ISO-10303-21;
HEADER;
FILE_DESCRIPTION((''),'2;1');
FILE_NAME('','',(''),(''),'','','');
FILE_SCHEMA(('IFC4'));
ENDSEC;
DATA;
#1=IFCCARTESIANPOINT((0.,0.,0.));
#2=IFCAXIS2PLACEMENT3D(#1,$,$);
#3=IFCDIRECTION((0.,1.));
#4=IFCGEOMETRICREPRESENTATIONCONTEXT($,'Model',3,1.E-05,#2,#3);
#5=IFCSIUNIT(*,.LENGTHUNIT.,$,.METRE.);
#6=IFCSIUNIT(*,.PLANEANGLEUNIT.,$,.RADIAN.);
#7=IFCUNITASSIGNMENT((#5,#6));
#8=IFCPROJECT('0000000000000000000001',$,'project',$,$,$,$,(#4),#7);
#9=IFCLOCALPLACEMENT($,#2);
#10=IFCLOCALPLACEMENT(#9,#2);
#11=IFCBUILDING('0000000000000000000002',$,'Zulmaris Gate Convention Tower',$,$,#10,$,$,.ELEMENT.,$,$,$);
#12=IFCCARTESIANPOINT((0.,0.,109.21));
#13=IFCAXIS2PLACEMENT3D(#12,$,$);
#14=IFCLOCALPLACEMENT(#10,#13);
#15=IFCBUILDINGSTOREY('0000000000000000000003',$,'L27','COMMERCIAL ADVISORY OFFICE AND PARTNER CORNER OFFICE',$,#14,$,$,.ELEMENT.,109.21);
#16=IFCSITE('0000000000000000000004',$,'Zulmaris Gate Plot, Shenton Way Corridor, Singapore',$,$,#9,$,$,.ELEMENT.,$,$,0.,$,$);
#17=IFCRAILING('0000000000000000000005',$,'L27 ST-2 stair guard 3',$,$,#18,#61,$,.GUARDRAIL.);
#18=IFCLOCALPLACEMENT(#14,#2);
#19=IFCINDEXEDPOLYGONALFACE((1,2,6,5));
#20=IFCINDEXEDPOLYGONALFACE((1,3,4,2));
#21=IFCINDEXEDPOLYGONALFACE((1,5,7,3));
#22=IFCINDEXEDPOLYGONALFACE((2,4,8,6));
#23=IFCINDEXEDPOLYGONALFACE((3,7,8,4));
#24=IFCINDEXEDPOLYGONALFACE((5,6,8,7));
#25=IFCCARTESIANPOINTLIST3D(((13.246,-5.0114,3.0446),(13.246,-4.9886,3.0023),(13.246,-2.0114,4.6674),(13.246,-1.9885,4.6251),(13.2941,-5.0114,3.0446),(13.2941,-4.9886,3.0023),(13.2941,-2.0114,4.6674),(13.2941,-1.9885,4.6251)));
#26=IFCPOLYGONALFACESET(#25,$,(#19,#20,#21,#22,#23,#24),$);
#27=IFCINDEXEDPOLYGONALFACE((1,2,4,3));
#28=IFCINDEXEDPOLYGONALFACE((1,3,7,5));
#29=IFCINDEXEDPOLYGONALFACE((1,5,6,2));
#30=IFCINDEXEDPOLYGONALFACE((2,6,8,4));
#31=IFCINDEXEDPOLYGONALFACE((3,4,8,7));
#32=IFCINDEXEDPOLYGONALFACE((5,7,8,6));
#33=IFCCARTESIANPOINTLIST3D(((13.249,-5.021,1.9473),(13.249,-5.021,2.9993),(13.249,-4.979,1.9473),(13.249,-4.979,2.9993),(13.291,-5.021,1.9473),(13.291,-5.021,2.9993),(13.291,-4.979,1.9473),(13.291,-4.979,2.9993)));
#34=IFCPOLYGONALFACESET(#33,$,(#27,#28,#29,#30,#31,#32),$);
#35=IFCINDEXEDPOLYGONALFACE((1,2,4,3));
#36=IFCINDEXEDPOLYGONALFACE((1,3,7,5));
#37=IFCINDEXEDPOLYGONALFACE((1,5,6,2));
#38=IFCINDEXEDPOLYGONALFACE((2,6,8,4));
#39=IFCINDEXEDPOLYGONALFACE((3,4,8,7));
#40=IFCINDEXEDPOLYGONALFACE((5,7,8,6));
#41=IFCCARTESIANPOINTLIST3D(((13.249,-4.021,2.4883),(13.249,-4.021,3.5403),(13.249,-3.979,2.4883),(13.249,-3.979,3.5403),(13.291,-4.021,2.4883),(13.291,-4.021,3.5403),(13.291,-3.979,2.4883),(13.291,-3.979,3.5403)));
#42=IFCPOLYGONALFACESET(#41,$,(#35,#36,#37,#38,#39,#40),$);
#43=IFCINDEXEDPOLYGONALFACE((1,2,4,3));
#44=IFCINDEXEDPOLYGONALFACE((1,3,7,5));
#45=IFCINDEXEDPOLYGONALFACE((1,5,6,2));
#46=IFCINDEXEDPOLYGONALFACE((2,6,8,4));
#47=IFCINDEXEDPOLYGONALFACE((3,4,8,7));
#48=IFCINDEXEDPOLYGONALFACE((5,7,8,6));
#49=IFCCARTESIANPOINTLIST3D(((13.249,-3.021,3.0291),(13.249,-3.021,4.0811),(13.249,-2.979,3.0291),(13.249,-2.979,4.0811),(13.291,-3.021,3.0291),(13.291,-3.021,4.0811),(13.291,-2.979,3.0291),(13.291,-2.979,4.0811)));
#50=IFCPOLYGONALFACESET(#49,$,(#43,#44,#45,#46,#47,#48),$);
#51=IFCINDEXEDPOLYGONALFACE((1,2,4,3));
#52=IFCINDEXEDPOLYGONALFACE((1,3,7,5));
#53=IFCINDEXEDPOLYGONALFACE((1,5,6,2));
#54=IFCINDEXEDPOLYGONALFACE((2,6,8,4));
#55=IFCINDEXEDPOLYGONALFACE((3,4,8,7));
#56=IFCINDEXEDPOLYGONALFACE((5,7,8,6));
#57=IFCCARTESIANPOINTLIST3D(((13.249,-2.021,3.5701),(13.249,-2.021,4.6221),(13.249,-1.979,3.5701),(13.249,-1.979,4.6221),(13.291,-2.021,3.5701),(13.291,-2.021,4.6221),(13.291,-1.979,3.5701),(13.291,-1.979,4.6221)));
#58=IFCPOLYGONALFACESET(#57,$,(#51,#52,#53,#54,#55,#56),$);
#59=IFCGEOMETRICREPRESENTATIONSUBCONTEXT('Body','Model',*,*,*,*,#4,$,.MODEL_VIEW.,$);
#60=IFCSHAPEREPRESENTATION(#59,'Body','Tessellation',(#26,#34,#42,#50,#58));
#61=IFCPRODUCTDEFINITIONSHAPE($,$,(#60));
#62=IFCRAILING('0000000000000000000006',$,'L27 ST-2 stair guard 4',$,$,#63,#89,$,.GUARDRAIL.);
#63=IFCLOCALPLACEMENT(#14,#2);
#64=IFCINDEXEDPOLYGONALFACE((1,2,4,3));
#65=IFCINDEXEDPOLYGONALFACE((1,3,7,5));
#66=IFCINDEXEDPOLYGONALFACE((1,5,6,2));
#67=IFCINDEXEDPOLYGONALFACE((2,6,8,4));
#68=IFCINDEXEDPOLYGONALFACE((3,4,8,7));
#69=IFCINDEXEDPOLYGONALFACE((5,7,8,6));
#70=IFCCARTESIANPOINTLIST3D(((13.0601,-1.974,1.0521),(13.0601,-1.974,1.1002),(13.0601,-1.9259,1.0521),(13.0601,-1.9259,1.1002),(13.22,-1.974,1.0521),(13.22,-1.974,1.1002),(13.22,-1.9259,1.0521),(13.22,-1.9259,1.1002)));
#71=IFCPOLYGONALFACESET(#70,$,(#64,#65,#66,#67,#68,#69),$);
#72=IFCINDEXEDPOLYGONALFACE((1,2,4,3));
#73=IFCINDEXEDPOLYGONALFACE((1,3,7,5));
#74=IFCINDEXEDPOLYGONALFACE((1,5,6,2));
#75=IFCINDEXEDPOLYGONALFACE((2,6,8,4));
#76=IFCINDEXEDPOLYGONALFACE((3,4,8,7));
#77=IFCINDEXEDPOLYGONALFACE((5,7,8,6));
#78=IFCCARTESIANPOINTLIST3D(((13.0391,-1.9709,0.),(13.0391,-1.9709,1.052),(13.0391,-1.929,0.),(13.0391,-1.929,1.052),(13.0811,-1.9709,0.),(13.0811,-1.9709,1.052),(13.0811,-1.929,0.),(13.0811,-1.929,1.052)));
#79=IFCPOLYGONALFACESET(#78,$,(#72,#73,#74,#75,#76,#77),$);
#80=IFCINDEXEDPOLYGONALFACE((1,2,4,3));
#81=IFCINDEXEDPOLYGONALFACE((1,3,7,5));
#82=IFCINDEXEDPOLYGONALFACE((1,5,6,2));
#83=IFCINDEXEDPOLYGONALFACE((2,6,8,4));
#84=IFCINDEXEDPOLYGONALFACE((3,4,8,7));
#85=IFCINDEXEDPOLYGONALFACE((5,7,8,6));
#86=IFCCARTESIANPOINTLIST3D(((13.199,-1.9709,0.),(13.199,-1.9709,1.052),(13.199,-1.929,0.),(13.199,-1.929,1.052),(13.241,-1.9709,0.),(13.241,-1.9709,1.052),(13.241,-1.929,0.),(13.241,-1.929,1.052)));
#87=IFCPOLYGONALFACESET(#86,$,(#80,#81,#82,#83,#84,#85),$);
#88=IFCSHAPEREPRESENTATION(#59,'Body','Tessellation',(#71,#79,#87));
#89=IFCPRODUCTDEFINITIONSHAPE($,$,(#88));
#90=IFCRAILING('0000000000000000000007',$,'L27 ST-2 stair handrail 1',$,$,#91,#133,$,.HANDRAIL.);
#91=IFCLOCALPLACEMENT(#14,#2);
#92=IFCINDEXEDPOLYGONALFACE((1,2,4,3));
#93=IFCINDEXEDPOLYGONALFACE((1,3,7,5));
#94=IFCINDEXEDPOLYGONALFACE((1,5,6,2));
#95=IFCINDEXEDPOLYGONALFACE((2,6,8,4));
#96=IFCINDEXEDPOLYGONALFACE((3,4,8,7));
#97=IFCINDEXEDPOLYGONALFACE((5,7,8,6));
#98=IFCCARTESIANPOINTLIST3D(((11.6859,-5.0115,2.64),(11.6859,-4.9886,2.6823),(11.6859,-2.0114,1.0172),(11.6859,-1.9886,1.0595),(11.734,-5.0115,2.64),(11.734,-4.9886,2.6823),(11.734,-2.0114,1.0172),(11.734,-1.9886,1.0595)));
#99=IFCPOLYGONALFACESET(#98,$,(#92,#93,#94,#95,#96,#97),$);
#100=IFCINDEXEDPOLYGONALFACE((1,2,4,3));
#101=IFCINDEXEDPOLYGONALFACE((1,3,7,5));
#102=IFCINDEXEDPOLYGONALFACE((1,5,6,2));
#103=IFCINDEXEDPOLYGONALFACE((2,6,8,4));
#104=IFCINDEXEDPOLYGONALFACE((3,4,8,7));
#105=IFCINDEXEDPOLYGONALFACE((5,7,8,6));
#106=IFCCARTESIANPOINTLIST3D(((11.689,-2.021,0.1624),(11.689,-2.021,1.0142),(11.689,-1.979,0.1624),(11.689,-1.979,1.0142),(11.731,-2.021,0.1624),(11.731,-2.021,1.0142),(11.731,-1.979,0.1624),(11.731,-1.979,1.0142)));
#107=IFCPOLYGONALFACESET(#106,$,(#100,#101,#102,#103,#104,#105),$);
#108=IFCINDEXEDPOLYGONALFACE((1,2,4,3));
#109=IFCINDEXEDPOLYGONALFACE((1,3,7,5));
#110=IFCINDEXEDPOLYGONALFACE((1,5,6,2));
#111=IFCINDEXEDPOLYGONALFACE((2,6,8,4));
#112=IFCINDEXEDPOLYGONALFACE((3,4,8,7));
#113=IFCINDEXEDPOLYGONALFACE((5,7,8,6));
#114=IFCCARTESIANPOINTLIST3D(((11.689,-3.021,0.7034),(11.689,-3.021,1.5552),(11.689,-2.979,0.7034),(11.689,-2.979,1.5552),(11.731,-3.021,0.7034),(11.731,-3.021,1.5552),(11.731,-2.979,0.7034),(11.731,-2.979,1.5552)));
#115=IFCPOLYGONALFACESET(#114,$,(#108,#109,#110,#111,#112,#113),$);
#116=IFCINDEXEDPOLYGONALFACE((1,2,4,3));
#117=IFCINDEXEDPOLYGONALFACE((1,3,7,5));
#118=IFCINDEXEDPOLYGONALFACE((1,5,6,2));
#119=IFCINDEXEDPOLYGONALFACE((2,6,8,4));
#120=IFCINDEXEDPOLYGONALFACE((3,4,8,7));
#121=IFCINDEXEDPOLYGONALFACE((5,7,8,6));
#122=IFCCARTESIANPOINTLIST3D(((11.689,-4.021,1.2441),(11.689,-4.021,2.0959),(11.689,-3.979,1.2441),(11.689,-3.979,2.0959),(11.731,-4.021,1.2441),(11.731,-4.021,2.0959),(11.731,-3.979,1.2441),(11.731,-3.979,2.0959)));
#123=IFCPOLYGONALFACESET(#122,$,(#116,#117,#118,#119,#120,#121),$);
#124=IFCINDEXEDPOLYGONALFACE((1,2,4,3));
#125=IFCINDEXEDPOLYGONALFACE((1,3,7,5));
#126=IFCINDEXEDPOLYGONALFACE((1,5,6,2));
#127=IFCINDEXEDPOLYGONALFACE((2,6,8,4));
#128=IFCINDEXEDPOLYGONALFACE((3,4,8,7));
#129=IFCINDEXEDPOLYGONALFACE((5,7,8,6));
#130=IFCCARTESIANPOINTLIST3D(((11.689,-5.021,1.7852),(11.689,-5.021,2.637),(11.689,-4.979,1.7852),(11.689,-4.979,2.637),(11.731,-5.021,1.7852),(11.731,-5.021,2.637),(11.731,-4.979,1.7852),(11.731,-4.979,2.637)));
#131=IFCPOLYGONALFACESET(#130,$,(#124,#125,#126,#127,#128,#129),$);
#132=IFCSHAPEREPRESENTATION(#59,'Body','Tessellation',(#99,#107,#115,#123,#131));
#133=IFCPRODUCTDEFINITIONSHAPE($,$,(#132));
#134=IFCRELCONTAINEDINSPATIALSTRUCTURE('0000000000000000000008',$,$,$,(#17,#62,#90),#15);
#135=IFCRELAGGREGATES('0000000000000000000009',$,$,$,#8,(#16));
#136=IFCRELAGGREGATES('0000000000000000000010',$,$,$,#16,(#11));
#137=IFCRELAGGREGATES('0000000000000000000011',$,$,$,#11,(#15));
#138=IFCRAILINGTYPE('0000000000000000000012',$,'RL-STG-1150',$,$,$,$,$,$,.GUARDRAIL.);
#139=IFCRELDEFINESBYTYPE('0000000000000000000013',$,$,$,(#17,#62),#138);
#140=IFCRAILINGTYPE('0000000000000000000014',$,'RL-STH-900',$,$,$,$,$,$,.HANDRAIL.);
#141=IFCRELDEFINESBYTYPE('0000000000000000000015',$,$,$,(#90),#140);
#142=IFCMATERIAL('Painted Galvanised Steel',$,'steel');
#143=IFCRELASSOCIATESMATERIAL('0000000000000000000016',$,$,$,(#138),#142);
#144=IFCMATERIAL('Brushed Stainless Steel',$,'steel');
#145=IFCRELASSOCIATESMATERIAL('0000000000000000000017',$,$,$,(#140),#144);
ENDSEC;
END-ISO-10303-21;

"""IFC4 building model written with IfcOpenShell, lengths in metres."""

from ifc_helpers import new_model, si_unit, direction, frame, origin, origin_2d, place, context, subcontext, project, spatial, rectangle, extrude, material, type_object, element, save


model = new_model("IFC4")

# Units and contexts
model_context = context("Model", 3, precision=1e-05, world=origin(), true_north=direction((0.0, 1.0)))
body_context = subcontext(model_context, "Body", "Model", "MODEL_VIEW")
ifc_project = project(units=[si_unit("LENGTHUNIT", "METRE"), si_unit("PLANEANGLEUNIT", "RADIAN")], contexts=[model_context])

# Site, building, storey
site_placement = place(None, origin())
site = spatial("IfcSite", under=ifc_project, at=site_placement, Name="Zulmaris Gate Plot, Shenton Way Corridor, Singapore", CompositionType="ELEMENT", RefElevation=0.0)
building_placement = place(site_placement, origin())
building = spatial("IfcBuilding", under=site, at=building_placement, Name="Zulmaris Gate Convention Tower", CompositionType="ELEMENT")
storey_placement = place(building_placement, frame((0.0, 0.0, 109.21)))
storey = spatial("IfcBuildingStorey", under=building, at=storey_placement, Name="L27", Description="COMMERCIAL ADVISORY OFFICE AND PARTNER CORNER OFFICE", CompositionType="ELEMENT", Elevation=109.21)

# Railings
ifc_material_1 = material(Name="Painted Galvanised Steel", Category="steel")
railing_type_1 = type_object("IfcRailingType", Name="RL-STG-1150", PredefinedType="GUARDRAIL", material=ifc_material_1)
railing_1_placement = place(storey_placement, frame((13.27, -5.0, 1.9473)))
element("IfcRailing", 1, at=railing_1_placement, inside=storey, type_object=railing_type_1, Name="L27 ST-2 stair guard 3", PredefinedType="GUARDRAIL", context=body_context, shape_type="SweptSolid", body=[
    extrude(rectangle(XDim=0.0481, YDim=0.0481, at=origin_2d()), frame((0.0, 0.0, 1.0762), z_axis=(0.0, 0.879562, 0.475785), x_axis=(-1.0, 0.0, 0.0)), (0.0, 0.0, 1.0), 3.4109),
    extrude(rectangle(XDim=0.042, YDim=0.042, at=origin_2d()), origin(), (0.0, 0.0, 1.0), 1.052),
    extrude(rectangle(XDim=0.042, YDim=0.042, at=origin_2d()), frame((0.0, 1.0, 0.541)), (0.0, 0.0, 1.0), 1.052),
    extrude(rectangle(XDim=0.042, YDim=0.042, at=origin_2d()), frame((0.0, 2.0, 1.0818)), (0.0, 0.0, 1.0), 1.052),
    extrude(rectangle(XDim=0.042, YDim=0.042, at=origin_2d()), frame((0.0, 3.0, 1.6228)), (0.0, 0.0, 1.0), 1.052),
])
railing_2_placement = place(storey_placement, frame((13.0601, -1.95, 0.0)))
element("IfcRailing", 2, at=railing_2_placement, inside=storey, type_object=railing_type_1, Name="L27 ST-2 stair guard 4", PredefinedType="GUARDRAIL", context=body_context, shape_type="SweptSolid", body=[
    extrude(rectangle(XDim=0.0481, YDim=0.0481, at=origin_2d()), frame((0.0, 0.0, 1.0762), z_axis=(1.0, 0.0, 0.0), x_axis=(0.0, 1.0, 0.0)), (0.0, 0.0, 1.0), 0.1599),
    extrude(rectangle(XDim=0.042, YDim=0.042, at=origin_2d()), origin(), (0.0, 0.0, 1.0), 1.052),
    extrude(rectangle(XDim=0.042, YDim=0.042, at=origin_2d()), frame((0.1599, 0.0, 0.0)), (0.0, 0.0, 1.0), 1.052),
])
ifc_material_2 = material(Name="Brushed Stainless Steel", Category="steel")
railing_type_2 = type_object("IfcRailingType", Name="RL-STH-900", PredefinedType="HANDRAIL", material=ifc_material_2)
railing_3_placement = place(storey_placement, frame((11.71, -2.0, 0.1624)))
element("IfcRailing", 3, at=railing_3_placement, inside=storey, type_object=railing_type_2, Name="L27 ST-2 stair handrail 1", PredefinedType="HANDRAIL", context=body_context, shape_type="SweptSolid", body=[
    extrude(rectangle(XDim=0.0481, YDim=0.0481, at=origin_2d()), frame((0.0, 0.0, 0.876), z_axis=(0.0, -0.879562, 0.475785), x_axis=(1.0, 0.0, 0.0)), (0.0, 0.0, 1.0), 3.4109),
    extrude(rectangle(XDim=0.042, YDim=0.042, at=origin_2d()), origin(), (0.0, 0.0, 1.0), 0.8518),
    extrude(rectangle(XDim=0.042, YDim=0.042, at=origin_2d()), frame((0.0, -1.0, 0.541)), (0.0, 0.0, 1.0), 0.8518),
    extrude(rectangle(XDim=0.042, YDim=0.042, at=origin_2d()), frame((0.0, -2.0, 1.0818)), (0.0, 0.0, 1.0), 0.8518),
    extrude(rectangle(XDim=0.042, YDim=0.042, at=origin_2d()), frame((0.0, -3.0, 1.6228)), (0.0, 0.0, 1.0), 0.8518),
])

save(model, "model.ifc")
